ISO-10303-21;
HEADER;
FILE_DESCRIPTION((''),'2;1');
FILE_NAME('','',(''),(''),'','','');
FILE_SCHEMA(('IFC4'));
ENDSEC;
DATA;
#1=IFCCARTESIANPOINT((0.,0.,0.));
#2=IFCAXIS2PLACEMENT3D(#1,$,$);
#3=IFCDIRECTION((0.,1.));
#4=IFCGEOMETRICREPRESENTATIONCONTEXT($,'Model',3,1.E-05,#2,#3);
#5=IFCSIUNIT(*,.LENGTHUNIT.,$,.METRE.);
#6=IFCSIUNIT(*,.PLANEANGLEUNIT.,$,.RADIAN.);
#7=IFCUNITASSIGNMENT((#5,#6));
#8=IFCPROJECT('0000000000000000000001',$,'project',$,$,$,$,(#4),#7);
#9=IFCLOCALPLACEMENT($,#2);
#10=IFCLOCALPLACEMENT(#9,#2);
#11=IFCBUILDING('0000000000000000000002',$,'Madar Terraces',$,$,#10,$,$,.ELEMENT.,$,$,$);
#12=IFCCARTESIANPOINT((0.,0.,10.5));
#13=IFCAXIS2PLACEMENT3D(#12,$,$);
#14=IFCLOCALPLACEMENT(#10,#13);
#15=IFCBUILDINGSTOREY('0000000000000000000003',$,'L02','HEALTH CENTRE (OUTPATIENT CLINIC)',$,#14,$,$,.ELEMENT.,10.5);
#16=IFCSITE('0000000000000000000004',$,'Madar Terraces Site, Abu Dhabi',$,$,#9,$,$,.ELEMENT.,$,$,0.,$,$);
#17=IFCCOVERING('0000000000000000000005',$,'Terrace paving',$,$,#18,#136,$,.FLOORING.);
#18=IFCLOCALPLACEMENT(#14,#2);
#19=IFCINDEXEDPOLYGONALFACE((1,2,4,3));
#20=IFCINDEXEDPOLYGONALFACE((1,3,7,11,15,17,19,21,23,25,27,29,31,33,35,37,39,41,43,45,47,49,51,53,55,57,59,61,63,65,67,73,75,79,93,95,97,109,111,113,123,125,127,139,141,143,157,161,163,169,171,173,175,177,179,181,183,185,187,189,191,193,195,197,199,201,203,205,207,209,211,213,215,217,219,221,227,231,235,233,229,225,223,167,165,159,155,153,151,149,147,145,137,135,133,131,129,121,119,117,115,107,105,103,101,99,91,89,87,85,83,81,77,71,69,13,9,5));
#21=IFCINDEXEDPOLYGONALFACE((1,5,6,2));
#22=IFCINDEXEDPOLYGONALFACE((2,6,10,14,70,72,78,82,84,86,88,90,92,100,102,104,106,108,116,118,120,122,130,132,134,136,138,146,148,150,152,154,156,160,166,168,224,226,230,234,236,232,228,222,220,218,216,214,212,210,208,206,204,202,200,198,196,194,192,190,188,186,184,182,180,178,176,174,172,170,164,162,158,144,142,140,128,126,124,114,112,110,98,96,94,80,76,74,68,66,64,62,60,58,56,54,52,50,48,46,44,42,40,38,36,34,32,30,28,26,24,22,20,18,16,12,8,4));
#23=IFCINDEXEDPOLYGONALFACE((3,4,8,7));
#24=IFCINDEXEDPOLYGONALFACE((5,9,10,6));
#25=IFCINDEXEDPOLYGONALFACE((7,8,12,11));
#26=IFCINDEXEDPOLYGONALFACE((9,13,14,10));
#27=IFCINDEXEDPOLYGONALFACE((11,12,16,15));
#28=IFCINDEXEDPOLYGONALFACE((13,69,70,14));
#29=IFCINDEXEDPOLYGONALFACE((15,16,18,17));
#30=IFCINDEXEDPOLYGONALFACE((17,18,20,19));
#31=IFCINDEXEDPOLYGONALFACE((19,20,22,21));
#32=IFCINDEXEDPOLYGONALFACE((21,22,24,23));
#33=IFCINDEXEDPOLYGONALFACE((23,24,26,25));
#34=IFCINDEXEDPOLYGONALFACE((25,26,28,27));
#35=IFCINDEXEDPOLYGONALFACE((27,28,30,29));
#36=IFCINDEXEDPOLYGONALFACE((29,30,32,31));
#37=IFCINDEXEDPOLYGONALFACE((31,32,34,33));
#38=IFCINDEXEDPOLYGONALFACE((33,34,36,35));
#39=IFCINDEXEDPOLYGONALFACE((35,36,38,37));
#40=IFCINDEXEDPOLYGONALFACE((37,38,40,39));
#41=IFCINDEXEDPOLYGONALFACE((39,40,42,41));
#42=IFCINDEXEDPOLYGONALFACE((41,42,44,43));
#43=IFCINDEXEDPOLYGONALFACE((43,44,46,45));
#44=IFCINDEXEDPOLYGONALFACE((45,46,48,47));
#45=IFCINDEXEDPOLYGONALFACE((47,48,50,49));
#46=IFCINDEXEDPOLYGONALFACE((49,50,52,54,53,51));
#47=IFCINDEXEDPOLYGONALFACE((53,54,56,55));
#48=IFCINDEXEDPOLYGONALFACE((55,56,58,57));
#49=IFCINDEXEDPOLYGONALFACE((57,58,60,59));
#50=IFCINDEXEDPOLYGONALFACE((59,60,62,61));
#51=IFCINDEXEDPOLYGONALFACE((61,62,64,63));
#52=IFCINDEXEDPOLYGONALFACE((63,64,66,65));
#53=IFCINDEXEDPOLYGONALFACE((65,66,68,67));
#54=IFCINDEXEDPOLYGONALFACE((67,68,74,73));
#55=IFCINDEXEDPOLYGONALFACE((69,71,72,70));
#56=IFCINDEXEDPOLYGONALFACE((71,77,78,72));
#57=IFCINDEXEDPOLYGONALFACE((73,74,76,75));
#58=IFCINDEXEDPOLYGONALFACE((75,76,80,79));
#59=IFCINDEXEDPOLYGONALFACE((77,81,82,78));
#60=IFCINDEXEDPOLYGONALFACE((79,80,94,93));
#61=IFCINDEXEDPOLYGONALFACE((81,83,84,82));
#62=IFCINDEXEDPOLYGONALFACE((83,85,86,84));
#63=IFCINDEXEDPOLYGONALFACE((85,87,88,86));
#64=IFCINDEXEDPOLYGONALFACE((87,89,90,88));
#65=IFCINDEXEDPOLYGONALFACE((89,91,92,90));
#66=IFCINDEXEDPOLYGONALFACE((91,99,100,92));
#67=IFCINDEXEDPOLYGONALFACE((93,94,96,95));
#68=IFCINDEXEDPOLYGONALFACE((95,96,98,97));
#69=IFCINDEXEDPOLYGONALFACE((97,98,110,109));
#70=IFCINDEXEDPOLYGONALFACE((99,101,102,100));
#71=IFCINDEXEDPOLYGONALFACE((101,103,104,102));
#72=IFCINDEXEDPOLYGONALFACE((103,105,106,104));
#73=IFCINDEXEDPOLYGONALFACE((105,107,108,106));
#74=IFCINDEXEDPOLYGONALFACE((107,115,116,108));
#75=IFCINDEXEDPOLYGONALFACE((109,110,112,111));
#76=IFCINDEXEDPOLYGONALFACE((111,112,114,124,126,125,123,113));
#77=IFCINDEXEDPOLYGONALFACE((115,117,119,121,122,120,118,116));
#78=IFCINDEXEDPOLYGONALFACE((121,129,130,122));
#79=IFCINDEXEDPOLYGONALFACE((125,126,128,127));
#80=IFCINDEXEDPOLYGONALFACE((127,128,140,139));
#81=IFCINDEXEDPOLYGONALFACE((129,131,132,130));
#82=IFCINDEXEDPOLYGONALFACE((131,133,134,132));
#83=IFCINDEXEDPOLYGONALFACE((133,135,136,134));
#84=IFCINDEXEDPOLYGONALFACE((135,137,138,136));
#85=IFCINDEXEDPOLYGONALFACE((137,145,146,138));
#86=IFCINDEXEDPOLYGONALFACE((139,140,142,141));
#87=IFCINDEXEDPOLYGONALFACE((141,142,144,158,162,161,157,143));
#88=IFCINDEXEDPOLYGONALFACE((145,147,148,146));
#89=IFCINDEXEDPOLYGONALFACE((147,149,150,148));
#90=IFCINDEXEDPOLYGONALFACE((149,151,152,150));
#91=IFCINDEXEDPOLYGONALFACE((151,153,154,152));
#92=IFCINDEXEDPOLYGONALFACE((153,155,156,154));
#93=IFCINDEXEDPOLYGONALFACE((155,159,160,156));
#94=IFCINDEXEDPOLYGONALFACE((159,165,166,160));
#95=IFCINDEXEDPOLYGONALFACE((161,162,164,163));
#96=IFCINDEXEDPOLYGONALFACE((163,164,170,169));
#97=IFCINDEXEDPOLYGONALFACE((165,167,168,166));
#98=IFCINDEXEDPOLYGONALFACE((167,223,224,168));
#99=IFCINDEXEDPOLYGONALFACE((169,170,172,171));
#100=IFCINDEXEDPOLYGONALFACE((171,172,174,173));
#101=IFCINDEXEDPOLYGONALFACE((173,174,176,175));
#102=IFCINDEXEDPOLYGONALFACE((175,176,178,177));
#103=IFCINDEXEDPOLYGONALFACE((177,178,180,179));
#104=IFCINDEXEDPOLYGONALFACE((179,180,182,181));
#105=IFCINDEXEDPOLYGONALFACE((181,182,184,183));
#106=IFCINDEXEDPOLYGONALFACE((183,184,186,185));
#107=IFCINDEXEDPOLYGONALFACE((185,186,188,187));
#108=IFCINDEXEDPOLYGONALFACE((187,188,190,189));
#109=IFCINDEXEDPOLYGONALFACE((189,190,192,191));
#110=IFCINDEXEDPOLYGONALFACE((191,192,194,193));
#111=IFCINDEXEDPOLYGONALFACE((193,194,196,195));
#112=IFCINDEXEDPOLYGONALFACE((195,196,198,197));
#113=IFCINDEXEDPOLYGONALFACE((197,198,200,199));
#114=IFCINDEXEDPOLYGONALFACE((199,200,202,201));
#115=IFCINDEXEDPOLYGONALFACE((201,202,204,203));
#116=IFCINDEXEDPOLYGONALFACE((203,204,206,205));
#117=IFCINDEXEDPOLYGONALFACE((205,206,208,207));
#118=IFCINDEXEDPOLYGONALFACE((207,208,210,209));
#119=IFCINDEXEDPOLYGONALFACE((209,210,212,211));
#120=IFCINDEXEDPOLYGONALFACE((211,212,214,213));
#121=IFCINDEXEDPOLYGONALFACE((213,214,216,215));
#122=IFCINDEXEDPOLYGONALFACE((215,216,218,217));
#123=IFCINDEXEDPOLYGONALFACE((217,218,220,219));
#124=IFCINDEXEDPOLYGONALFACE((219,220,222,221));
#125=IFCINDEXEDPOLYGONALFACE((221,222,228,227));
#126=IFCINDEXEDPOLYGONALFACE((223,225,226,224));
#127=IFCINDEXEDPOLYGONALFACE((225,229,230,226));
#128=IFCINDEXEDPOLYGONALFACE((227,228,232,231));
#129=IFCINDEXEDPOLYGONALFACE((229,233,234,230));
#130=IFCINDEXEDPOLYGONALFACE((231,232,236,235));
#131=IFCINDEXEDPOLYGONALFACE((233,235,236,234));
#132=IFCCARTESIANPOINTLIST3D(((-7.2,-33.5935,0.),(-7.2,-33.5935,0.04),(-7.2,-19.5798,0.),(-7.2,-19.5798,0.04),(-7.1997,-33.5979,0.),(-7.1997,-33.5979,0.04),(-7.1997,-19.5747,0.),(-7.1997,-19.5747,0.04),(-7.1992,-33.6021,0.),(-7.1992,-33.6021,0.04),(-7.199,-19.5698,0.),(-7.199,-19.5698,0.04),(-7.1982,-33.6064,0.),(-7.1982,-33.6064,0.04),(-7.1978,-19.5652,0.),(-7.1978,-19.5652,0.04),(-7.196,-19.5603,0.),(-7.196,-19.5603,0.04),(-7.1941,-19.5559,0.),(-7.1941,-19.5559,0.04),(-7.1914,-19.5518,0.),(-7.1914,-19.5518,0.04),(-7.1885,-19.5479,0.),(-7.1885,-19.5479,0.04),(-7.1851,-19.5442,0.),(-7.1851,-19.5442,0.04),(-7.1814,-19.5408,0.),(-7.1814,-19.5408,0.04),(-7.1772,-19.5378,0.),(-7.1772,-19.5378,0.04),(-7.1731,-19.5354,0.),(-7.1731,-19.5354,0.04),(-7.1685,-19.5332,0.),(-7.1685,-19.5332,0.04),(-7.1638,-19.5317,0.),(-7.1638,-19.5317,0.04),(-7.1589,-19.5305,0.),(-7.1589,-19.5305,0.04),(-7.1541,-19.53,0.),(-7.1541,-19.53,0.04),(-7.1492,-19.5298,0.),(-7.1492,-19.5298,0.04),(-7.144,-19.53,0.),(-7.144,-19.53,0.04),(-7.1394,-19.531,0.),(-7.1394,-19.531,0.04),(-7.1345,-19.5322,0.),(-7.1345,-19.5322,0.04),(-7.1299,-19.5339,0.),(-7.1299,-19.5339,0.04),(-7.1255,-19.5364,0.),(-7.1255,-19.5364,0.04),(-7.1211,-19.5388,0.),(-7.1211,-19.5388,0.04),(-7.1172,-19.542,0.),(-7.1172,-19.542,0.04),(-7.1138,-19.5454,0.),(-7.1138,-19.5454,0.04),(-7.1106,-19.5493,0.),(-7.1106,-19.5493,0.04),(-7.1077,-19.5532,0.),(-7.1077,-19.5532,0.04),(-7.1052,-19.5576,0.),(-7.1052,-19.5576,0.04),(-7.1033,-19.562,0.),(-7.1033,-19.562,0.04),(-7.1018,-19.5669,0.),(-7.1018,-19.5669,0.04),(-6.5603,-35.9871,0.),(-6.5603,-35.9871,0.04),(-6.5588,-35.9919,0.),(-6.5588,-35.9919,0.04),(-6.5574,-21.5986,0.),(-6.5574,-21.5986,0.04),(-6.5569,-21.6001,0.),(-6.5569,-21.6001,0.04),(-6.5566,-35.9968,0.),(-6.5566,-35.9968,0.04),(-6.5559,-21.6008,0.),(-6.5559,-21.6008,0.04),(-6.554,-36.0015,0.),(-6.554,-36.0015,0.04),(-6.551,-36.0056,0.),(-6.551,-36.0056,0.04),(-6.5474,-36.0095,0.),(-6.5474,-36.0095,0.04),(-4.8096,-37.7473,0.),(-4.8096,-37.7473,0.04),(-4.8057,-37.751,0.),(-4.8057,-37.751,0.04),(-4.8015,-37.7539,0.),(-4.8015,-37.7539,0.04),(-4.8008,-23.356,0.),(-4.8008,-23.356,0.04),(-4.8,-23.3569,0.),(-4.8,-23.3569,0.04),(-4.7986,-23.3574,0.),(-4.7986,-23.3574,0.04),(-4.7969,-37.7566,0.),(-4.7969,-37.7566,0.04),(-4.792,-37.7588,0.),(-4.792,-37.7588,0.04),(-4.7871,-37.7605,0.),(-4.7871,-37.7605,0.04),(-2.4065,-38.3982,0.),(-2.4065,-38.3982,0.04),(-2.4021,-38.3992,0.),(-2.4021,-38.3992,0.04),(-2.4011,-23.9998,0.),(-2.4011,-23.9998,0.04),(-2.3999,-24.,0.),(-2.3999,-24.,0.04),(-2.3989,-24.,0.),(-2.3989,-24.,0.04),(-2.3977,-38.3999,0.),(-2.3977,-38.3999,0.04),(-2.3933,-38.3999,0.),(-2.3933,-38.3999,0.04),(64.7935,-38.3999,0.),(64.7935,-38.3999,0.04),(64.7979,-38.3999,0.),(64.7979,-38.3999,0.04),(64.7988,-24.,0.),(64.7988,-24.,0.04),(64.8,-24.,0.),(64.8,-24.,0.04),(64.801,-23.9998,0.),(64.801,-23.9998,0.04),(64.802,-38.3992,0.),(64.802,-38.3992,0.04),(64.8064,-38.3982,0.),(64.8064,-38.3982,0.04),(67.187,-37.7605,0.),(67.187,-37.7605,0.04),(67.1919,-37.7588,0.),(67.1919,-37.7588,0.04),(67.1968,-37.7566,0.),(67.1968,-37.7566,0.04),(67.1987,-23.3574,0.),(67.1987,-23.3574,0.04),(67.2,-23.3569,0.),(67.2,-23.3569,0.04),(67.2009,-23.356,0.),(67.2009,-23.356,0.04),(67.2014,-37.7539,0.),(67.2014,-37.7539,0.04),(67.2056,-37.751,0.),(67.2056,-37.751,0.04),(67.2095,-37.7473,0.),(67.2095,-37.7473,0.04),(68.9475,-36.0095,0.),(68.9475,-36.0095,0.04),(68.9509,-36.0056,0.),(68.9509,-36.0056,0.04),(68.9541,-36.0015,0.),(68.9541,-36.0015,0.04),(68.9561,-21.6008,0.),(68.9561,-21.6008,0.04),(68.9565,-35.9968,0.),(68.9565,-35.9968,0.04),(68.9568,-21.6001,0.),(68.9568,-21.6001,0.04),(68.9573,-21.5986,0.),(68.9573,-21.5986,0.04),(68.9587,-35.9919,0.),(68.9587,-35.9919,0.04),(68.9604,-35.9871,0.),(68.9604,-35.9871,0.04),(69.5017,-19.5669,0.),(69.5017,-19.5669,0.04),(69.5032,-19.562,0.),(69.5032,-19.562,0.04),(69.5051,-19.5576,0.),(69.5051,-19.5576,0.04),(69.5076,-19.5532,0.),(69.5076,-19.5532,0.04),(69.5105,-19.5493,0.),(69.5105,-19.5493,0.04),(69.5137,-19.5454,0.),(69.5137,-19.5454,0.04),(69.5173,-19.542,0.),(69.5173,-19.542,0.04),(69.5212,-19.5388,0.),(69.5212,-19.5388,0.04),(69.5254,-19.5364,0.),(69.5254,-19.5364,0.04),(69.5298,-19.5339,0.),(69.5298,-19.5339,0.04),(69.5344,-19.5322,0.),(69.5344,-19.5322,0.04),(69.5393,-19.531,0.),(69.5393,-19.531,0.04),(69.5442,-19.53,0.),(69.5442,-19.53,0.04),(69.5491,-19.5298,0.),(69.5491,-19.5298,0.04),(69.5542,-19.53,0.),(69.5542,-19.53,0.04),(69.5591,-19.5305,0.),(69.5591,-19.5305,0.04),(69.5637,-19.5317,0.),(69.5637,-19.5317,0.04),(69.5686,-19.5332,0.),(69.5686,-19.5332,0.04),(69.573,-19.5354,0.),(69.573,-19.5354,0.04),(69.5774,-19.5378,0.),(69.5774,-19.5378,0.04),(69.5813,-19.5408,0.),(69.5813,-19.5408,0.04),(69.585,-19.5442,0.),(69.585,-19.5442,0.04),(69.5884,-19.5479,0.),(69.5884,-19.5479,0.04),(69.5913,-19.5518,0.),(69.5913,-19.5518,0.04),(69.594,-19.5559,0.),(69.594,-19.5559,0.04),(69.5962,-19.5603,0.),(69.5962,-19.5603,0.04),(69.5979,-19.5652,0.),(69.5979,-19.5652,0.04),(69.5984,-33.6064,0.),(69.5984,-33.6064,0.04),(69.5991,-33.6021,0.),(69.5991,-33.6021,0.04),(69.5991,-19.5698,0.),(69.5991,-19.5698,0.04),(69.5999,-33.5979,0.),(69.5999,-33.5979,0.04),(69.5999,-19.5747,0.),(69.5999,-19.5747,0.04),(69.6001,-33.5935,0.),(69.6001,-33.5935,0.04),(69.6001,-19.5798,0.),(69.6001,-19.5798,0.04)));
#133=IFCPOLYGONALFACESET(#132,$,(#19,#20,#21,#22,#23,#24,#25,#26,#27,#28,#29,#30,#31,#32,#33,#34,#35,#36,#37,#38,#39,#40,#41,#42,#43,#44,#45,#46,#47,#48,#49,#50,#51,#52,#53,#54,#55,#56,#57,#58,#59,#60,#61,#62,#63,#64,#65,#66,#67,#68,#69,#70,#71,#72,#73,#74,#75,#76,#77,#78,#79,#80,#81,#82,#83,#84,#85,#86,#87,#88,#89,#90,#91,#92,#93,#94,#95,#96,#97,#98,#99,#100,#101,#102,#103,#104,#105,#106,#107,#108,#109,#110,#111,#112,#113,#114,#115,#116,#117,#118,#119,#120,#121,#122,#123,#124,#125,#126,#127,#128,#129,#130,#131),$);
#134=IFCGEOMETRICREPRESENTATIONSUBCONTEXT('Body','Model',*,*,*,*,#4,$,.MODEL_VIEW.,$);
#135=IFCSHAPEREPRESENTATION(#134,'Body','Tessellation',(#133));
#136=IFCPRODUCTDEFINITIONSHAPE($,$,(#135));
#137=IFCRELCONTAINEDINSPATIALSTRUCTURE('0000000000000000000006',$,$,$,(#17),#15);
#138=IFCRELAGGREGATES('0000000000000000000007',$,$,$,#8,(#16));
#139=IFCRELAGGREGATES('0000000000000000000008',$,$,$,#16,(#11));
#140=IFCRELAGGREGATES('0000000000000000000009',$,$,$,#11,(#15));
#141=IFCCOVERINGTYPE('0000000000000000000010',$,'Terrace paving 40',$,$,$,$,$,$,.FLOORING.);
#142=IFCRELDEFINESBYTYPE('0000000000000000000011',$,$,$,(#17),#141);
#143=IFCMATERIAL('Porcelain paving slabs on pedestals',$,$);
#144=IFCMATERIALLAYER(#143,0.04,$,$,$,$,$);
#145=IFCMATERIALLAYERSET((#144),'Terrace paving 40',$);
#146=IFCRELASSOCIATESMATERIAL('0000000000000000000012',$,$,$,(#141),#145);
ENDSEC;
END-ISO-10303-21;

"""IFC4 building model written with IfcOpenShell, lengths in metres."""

from ifc_helpers import new_model, si_unit, direction, frame, origin, place, context, subcontext, project, spatial, polyline, outline, extrude, material, layer, layer_set, type_object, element, save


model = new_model("IFC4")

# Units and contexts
model_context = context("Model", 3, precision=1e-05, world=origin(), true_north=direction((0.0, 1.0)))
body_context = subcontext(model_context, "Body", "Model", "MODEL_VIEW")
ifc_project = project(units=[si_unit("LENGTHUNIT", "METRE"), si_unit("PLANEANGLEUNIT", "RADIAN")], contexts=[model_context])

# Site, building, storey
site_placement = place(None, origin())
site = spatial("IfcSite", under=ifc_project, at=site_placement, Name="Madar Terraces Site, Abu Dhabi", CompositionType="ELEMENT", RefElevation=0.0)
building_placement = place(site_placement, origin())
building = spatial("IfcBuilding", under=site, at=building_placement, Name="Madar Terraces", CompositionType="ELEMENT")
storey_placement = place(building_placement, frame((0.0, 0.0, 10.5)))
storey = spatial("IfcBuildingStorey", under=building, at=storey_placement, Name="L02", Description="HEALTH CENTRE (OUTPATIENT CLINIC)", CompositionType="ELEMENT", Elevation=10.5)

# Covering
ifc_material_1 = material(Name="Porcelain paving slabs on pedestals")
ifc_layer_1 = layer(ifc_material_1, 0.04)
ifc_layer_set_1 = layer_set([ifc_layer_1], Name="Terrace paving 40")
covering_type = type_object("IfcCoveringType", Name="Terrace paving 40", PredefinedType="FLOORING", material=ifc_layer_set_1)
covering_placement = place(storey_placement, origin())
element("IfcCovering", 1, at=covering_placement, inside=storey, type_object=covering_type, Name="Terrace paving", PredefinedType="FLOORING", context=body_context, shape_type="SweptSolid", body=[
    extrude(outline(polyline([(-6.5569, -21.6001), (-6.5559, -21.6008), (-4.8008, -23.356), (-4.8, -23.3569), (-4.7986, -23.3574), (-2.4011, -23.9998), (-2.3999, -24.0), (-2.3989, -24.0), (64.7988, -24.0), (64.8, -24.0), (64.801, -23.9998), (67.1987, -23.3574), (67.2, -23.3569), (67.2009, -23.356), (68.9561, -21.6008), (68.9568, -21.6001), (68.9573, -21.5986), (69.5017, -19.5669), (69.5032, -19.562), (69.5051, -19.5576), (69.5076, -19.5532), (69.5105, -19.5493), (69.5137, -19.5454), (69.5173, -19.542), (69.5212, -19.5388), (69.5254, -19.5364), (69.5298, -19.5339), (69.5344, -19.5322), (69.5393, -19.531), (69.5442, -19.53), (69.5491, -19.5298), (69.5542, -19.53), (69.5591, -19.5305), (69.5637, -19.5317), (69.5686, -19.5332), (69.573, -19.5354), (69.5774, -19.5378), (69.5813, -19.5408), (69.585, -19.5442), (69.5884, -19.5479), (69.5913, -19.5518), (69.594, -19.5559), (69.5962, -19.5603), (69.5979, -19.5652), (69.5991, -19.5698), (69.5999, -19.5747), (69.6001, -19.5798), (69.6001, -33.5935), (69.5999, -33.5979), (69.5991, -33.6021), (69.5984, -33.6064), (68.9604, -35.9871), (68.9587, -35.9919), (68.9565, -35.9968), (68.9541, -36.0015), (68.9509, -36.0056), (68.9475, -36.0095), (67.2095, -37.7473), (67.2056, -37.751), (67.2014, -37.7539), (67.1968, -37.7566), (67.1919, -37.7588), (67.187, -37.7605), (64.8064, -38.3982), (64.802, -38.3992), (64.7979, -38.3999), (64.7935, -38.3999), (-2.3933, -38.3999), (-2.3977, -38.3999), (-2.4021, -38.3992), (-2.4065, -38.3982), (-4.7871, -37.7605), (-4.792, -37.7588), (-4.7969, -37.7566), (-4.8015, -37.7539), (-4.8057, -37.751), (-4.8096, -37.7473), (-6.5474, -36.0095), (-6.551, -36.0056), (-6.554, -36.0015), (-6.5566, -35.9968), (-6.5588, -35.9919), (-6.5603, -35.9871), (-7.1982, -33.6064), (-7.1992, -33.6021), (-7.1997, -33.5979), (-7.2, -33.5935), (-7.2, -19.5798), (-7.1997, -19.5747), (-7.199, -19.5698), (-7.1978, -19.5652), (-7.196, -19.5603), (-7.1941, -19.5559), (-7.1914, -19.5518), (-7.1885, -19.5479), (-7.1851, -19.5442), (-7.1814, -19.5408), (-7.1772, -19.5378), (-7.1731, -19.5354), (-7.1685, -19.5332), (-7.1638, -19.5317), (-7.1589, -19.5305), (-7.1541, -19.53), (-7.1492, -19.5298), (-7.144, -19.53), (-7.1394, -19.531), (-7.1345, -19.5322), (-7.1299, -19.5339), (-7.1255, -19.5364), (-7.1211, -19.5388), (-7.1172, -19.542), (-7.1138, -19.5454), (-7.1106, -19.5493), (-7.1077, -19.5532), (-7.1052, -19.5576), (-7.1033, -19.562), (-7.1018, -19.5669), (-6.5574, -21.5986), (-6.5569, -21.6001)])), origin(), (0.0, 0.0, 1.0), 0.04),
])

save(model, "model.ifc")
